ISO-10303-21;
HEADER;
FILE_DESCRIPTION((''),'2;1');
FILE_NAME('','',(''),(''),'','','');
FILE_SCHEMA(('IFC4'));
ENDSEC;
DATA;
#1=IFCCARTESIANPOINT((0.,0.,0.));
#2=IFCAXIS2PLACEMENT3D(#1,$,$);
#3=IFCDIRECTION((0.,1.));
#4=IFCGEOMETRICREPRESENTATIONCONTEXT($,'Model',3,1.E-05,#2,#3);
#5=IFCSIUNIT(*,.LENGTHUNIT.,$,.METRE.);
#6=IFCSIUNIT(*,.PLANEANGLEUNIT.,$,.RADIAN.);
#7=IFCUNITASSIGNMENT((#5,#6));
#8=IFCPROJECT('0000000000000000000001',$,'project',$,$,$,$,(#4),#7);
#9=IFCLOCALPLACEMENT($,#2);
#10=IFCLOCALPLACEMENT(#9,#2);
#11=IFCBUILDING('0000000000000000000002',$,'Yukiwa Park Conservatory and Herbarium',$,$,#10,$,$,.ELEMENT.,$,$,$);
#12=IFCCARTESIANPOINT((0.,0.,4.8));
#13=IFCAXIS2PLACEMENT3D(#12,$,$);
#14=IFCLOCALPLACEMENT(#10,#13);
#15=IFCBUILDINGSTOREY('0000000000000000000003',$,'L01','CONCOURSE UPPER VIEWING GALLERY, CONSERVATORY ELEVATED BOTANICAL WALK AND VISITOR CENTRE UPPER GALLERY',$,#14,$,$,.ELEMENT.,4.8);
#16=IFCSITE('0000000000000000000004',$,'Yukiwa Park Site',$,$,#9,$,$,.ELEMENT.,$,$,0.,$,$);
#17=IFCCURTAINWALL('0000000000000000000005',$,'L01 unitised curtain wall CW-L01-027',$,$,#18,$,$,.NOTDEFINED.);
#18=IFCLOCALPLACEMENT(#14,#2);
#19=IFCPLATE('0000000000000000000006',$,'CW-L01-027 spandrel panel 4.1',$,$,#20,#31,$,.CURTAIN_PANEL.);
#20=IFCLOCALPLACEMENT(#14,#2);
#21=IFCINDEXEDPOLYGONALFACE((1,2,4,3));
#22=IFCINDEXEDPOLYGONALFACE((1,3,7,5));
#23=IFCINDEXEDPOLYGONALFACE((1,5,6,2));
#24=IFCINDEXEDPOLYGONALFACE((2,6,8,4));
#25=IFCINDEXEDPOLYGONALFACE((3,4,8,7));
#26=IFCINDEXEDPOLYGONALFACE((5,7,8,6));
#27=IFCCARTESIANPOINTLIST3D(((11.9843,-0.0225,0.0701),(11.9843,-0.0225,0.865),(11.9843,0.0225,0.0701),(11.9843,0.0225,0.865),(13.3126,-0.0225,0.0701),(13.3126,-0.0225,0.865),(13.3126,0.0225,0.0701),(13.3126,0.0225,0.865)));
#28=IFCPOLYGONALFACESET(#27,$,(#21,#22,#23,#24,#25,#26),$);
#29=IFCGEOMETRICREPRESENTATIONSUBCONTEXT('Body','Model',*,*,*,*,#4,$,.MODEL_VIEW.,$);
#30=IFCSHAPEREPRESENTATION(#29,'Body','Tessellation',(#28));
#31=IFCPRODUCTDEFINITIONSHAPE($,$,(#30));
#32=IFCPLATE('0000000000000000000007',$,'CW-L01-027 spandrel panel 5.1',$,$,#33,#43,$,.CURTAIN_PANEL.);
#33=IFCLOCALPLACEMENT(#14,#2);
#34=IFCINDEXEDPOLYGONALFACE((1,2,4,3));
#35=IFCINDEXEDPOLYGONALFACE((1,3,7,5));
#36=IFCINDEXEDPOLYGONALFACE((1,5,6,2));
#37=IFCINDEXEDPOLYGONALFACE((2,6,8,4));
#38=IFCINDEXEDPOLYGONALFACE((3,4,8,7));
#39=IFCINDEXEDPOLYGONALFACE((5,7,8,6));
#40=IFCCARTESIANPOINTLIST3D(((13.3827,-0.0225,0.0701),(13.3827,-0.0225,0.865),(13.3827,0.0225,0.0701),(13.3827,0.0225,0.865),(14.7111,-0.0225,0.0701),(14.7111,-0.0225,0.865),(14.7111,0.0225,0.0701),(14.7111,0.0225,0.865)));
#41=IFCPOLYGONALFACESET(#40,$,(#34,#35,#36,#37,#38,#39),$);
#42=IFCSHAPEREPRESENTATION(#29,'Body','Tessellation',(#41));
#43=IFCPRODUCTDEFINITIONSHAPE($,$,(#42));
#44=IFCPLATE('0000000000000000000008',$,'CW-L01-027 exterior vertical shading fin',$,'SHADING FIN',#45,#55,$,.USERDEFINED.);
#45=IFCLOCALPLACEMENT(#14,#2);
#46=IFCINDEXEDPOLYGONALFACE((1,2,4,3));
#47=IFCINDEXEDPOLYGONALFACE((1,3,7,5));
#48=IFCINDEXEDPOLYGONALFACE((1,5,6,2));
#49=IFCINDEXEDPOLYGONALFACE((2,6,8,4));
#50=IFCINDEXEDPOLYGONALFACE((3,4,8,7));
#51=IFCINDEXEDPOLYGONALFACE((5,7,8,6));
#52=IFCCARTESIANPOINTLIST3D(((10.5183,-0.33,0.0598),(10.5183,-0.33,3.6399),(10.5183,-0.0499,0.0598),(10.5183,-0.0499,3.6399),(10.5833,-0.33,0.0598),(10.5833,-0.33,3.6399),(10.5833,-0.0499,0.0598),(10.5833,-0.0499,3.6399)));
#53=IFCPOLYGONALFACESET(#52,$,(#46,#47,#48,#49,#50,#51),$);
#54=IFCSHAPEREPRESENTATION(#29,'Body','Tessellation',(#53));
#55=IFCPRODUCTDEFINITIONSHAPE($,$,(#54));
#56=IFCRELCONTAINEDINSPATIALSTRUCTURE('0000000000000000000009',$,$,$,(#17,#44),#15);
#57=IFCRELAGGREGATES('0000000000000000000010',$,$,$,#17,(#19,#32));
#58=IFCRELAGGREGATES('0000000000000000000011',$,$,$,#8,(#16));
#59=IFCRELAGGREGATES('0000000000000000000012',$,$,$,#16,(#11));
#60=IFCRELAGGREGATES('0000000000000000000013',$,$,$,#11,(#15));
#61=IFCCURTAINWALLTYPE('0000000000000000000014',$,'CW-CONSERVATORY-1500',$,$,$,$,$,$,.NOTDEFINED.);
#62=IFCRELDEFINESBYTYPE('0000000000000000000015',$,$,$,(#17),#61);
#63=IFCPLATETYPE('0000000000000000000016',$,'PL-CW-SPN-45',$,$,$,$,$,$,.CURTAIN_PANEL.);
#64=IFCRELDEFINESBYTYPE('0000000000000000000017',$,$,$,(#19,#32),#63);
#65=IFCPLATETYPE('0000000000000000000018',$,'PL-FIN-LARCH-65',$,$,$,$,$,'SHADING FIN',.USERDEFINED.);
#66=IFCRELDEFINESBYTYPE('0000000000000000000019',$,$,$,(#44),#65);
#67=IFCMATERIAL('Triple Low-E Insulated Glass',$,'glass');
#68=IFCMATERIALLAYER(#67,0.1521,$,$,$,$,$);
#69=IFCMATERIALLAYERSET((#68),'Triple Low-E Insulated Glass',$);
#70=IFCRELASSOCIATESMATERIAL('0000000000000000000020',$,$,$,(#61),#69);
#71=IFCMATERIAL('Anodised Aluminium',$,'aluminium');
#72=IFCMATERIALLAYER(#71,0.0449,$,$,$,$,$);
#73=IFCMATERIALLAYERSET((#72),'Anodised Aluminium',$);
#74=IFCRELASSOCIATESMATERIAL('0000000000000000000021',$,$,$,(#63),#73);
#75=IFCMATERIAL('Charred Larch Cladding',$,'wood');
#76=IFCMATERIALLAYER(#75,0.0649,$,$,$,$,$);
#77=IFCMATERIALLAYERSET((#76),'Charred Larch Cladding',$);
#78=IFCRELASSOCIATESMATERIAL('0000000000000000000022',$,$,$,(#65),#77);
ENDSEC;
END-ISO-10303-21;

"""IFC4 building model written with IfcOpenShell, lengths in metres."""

from ifc_helpers import new_model, si_unit, direction, frame, origin, origin_2d, place, context, subcontext, project, spatial, rectangle, extrude, material, layer, layer_set, type_object, element, aggregate, save


model = new_model("IFC4")

# Units and contexts
model_context = context("Model", 3, precision=1e-05, world=origin(), true_north=direction((0.0, 1.0)))
body_context = subcontext(model_context, "Body", "Model", "MODEL_VIEW")
ifc_project = project(units=[si_unit("LENGTHUNIT", "METRE"), si_unit("PLANEANGLEUNIT", "RADIAN")], contexts=[model_context])

# Site, building, storey
site_placement = place(None, origin())
site = spatial("IfcSite", under=ifc_project, at=site_placement, Name="Yukiwa Park Site", CompositionType="ELEMENT", RefElevation=0.0)
building_placement = place(site_placement, origin())
building = spatial("IfcBuilding", under=site, at=building_placement, Name="Yukiwa Park Conservatory and Herbarium", CompositionType="ELEMENT")
storey_placement = place(building_placement, frame((0.0, 0.0, 4.8)))
storey = spatial("IfcBuildingStorey", under=building, at=storey_placement, Name="L01", Description="CONCOURSE UPPER VIEWING GALLERY, CONSERVATORY ELEVATED BOTANICAL WALK AND VISITOR CENTRE UPPER GALLERY", CompositionType="ELEMENT", Elevation=4.8)

# Curtain wall
ifc_material_1 = material(Name="Triple Low-E Insulated Glass", Category="glass")
ifc_layer_1 = layer(ifc_material_1, 0.1521)
ifc_layer_set_1 = layer_set([ifc_layer_1], Name="Triple Low-E Insulated Glass")
curtain_wall_type = type_object("IfcCurtainWallType", Name="CW-CONSERVATORY-1500", PredefinedType="NOTDEFINED", material=ifc_layer_set_1)
curtain_wall_placement = place(storey_placement, origin())
curtain_wall = element("IfcCurtainWall", 1, at=curtain_wall_placement, inside=storey, type_object=curtain_wall_type, Name="L01 unitised curtain wall CW-L01-027", PredefinedType="NOTDEFINED")

# Plates
ifc_material_2 = material(Name="Anodised Aluminium", Category="aluminium")
ifc_layer_2 = layer(ifc_material_2, 0.0449)
ifc_layer_set_2 = layer_set([ifc_layer_2], Name="Anodised Aluminium")
plate_type_1 = type_object("IfcPlateType", Name="PL-CW-SPN-45", PredefinedType="CURTAIN_PANEL", material=ifc_layer_set_2)
plate_1_placement = place(storey_placement, frame((12.6484, 0.0, 0.0701), z_axis=(0.0, 0.0, 1.0), x_axis=(1.0, 0.0, 0.0)))
plate_1 = element("IfcPlate", 2, at=plate_1_placement, type_object=plate_type_1, Name="CW-L01-027 spandrel panel 4.1", PredefinedType="CURTAIN_PANEL", context=body_context, shape_type="SweptSolid", body=[
    extrude(rectangle(XDim=1.3284, YDim=0.0449, at=origin_2d()), origin(), (0.0, 0.0, 1.0), 0.7949),
])
plate_2_placement = place(storey_placement, frame((14.0469, 0.0, 0.0701), z_axis=(0.0, 0.0, 1.0), x_axis=(1.0, 0.0, 0.0)))
plate_2 = element("IfcPlate", 3, at=plate_2_placement, type_object=plate_type_1, Name="CW-L01-027 spandrel panel 5.1", PredefinedType="CURTAIN_PANEL", context=body_context, shape_type="SweptSolid", body=[
    extrude(rectangle(XDim=1.3284, YDim=0.0449, at=origin_2d()), origin(), (0.0, 0.0, 1.0), 0.7949),
])
aggregate(curtain_wall, [plate_1, plate_2])
ifc_material_3 = material(Name="Charred Larch Cladding", Category="wood")
ifc_layer_3 = layer(ifc_material_3, 0.0649)
ifc_layer_set_3 = layer_set([ifc_layer_3], Name="Charred Larch Cladding")
plate_type_2 = type_object("IfcPlateType", Name="PL-FIN-LARCH-65", ElementType="SHADING FIN", PredefinedType="USERDEFINED", material=ifc_layer_set_3)
plate_3_placement = place(storey_placement, frame((10.5508, -0.1899, 0.0598), z_axis=(0.0, 0.0, 1.0), x_axis=(1.0, 0.0, 0.0)))
element("IfcPlate", 4, at=plate_3_placement, inside=storey, type_object=plate_type_2, Name="CW-L01-027 exterior vertical shading fin", ObjectType="SHADING FIN", PredefinedType="USERDEFINED", context=body_context, shape_type="SweptSolid", body=[
    extrude(rectangle(XDim=0.0649, YDim=0.28, at=origin_2d()), origin(), (0.0, 0.0, 1.0), 3.5801),
])

save(model, "model.ifc")
